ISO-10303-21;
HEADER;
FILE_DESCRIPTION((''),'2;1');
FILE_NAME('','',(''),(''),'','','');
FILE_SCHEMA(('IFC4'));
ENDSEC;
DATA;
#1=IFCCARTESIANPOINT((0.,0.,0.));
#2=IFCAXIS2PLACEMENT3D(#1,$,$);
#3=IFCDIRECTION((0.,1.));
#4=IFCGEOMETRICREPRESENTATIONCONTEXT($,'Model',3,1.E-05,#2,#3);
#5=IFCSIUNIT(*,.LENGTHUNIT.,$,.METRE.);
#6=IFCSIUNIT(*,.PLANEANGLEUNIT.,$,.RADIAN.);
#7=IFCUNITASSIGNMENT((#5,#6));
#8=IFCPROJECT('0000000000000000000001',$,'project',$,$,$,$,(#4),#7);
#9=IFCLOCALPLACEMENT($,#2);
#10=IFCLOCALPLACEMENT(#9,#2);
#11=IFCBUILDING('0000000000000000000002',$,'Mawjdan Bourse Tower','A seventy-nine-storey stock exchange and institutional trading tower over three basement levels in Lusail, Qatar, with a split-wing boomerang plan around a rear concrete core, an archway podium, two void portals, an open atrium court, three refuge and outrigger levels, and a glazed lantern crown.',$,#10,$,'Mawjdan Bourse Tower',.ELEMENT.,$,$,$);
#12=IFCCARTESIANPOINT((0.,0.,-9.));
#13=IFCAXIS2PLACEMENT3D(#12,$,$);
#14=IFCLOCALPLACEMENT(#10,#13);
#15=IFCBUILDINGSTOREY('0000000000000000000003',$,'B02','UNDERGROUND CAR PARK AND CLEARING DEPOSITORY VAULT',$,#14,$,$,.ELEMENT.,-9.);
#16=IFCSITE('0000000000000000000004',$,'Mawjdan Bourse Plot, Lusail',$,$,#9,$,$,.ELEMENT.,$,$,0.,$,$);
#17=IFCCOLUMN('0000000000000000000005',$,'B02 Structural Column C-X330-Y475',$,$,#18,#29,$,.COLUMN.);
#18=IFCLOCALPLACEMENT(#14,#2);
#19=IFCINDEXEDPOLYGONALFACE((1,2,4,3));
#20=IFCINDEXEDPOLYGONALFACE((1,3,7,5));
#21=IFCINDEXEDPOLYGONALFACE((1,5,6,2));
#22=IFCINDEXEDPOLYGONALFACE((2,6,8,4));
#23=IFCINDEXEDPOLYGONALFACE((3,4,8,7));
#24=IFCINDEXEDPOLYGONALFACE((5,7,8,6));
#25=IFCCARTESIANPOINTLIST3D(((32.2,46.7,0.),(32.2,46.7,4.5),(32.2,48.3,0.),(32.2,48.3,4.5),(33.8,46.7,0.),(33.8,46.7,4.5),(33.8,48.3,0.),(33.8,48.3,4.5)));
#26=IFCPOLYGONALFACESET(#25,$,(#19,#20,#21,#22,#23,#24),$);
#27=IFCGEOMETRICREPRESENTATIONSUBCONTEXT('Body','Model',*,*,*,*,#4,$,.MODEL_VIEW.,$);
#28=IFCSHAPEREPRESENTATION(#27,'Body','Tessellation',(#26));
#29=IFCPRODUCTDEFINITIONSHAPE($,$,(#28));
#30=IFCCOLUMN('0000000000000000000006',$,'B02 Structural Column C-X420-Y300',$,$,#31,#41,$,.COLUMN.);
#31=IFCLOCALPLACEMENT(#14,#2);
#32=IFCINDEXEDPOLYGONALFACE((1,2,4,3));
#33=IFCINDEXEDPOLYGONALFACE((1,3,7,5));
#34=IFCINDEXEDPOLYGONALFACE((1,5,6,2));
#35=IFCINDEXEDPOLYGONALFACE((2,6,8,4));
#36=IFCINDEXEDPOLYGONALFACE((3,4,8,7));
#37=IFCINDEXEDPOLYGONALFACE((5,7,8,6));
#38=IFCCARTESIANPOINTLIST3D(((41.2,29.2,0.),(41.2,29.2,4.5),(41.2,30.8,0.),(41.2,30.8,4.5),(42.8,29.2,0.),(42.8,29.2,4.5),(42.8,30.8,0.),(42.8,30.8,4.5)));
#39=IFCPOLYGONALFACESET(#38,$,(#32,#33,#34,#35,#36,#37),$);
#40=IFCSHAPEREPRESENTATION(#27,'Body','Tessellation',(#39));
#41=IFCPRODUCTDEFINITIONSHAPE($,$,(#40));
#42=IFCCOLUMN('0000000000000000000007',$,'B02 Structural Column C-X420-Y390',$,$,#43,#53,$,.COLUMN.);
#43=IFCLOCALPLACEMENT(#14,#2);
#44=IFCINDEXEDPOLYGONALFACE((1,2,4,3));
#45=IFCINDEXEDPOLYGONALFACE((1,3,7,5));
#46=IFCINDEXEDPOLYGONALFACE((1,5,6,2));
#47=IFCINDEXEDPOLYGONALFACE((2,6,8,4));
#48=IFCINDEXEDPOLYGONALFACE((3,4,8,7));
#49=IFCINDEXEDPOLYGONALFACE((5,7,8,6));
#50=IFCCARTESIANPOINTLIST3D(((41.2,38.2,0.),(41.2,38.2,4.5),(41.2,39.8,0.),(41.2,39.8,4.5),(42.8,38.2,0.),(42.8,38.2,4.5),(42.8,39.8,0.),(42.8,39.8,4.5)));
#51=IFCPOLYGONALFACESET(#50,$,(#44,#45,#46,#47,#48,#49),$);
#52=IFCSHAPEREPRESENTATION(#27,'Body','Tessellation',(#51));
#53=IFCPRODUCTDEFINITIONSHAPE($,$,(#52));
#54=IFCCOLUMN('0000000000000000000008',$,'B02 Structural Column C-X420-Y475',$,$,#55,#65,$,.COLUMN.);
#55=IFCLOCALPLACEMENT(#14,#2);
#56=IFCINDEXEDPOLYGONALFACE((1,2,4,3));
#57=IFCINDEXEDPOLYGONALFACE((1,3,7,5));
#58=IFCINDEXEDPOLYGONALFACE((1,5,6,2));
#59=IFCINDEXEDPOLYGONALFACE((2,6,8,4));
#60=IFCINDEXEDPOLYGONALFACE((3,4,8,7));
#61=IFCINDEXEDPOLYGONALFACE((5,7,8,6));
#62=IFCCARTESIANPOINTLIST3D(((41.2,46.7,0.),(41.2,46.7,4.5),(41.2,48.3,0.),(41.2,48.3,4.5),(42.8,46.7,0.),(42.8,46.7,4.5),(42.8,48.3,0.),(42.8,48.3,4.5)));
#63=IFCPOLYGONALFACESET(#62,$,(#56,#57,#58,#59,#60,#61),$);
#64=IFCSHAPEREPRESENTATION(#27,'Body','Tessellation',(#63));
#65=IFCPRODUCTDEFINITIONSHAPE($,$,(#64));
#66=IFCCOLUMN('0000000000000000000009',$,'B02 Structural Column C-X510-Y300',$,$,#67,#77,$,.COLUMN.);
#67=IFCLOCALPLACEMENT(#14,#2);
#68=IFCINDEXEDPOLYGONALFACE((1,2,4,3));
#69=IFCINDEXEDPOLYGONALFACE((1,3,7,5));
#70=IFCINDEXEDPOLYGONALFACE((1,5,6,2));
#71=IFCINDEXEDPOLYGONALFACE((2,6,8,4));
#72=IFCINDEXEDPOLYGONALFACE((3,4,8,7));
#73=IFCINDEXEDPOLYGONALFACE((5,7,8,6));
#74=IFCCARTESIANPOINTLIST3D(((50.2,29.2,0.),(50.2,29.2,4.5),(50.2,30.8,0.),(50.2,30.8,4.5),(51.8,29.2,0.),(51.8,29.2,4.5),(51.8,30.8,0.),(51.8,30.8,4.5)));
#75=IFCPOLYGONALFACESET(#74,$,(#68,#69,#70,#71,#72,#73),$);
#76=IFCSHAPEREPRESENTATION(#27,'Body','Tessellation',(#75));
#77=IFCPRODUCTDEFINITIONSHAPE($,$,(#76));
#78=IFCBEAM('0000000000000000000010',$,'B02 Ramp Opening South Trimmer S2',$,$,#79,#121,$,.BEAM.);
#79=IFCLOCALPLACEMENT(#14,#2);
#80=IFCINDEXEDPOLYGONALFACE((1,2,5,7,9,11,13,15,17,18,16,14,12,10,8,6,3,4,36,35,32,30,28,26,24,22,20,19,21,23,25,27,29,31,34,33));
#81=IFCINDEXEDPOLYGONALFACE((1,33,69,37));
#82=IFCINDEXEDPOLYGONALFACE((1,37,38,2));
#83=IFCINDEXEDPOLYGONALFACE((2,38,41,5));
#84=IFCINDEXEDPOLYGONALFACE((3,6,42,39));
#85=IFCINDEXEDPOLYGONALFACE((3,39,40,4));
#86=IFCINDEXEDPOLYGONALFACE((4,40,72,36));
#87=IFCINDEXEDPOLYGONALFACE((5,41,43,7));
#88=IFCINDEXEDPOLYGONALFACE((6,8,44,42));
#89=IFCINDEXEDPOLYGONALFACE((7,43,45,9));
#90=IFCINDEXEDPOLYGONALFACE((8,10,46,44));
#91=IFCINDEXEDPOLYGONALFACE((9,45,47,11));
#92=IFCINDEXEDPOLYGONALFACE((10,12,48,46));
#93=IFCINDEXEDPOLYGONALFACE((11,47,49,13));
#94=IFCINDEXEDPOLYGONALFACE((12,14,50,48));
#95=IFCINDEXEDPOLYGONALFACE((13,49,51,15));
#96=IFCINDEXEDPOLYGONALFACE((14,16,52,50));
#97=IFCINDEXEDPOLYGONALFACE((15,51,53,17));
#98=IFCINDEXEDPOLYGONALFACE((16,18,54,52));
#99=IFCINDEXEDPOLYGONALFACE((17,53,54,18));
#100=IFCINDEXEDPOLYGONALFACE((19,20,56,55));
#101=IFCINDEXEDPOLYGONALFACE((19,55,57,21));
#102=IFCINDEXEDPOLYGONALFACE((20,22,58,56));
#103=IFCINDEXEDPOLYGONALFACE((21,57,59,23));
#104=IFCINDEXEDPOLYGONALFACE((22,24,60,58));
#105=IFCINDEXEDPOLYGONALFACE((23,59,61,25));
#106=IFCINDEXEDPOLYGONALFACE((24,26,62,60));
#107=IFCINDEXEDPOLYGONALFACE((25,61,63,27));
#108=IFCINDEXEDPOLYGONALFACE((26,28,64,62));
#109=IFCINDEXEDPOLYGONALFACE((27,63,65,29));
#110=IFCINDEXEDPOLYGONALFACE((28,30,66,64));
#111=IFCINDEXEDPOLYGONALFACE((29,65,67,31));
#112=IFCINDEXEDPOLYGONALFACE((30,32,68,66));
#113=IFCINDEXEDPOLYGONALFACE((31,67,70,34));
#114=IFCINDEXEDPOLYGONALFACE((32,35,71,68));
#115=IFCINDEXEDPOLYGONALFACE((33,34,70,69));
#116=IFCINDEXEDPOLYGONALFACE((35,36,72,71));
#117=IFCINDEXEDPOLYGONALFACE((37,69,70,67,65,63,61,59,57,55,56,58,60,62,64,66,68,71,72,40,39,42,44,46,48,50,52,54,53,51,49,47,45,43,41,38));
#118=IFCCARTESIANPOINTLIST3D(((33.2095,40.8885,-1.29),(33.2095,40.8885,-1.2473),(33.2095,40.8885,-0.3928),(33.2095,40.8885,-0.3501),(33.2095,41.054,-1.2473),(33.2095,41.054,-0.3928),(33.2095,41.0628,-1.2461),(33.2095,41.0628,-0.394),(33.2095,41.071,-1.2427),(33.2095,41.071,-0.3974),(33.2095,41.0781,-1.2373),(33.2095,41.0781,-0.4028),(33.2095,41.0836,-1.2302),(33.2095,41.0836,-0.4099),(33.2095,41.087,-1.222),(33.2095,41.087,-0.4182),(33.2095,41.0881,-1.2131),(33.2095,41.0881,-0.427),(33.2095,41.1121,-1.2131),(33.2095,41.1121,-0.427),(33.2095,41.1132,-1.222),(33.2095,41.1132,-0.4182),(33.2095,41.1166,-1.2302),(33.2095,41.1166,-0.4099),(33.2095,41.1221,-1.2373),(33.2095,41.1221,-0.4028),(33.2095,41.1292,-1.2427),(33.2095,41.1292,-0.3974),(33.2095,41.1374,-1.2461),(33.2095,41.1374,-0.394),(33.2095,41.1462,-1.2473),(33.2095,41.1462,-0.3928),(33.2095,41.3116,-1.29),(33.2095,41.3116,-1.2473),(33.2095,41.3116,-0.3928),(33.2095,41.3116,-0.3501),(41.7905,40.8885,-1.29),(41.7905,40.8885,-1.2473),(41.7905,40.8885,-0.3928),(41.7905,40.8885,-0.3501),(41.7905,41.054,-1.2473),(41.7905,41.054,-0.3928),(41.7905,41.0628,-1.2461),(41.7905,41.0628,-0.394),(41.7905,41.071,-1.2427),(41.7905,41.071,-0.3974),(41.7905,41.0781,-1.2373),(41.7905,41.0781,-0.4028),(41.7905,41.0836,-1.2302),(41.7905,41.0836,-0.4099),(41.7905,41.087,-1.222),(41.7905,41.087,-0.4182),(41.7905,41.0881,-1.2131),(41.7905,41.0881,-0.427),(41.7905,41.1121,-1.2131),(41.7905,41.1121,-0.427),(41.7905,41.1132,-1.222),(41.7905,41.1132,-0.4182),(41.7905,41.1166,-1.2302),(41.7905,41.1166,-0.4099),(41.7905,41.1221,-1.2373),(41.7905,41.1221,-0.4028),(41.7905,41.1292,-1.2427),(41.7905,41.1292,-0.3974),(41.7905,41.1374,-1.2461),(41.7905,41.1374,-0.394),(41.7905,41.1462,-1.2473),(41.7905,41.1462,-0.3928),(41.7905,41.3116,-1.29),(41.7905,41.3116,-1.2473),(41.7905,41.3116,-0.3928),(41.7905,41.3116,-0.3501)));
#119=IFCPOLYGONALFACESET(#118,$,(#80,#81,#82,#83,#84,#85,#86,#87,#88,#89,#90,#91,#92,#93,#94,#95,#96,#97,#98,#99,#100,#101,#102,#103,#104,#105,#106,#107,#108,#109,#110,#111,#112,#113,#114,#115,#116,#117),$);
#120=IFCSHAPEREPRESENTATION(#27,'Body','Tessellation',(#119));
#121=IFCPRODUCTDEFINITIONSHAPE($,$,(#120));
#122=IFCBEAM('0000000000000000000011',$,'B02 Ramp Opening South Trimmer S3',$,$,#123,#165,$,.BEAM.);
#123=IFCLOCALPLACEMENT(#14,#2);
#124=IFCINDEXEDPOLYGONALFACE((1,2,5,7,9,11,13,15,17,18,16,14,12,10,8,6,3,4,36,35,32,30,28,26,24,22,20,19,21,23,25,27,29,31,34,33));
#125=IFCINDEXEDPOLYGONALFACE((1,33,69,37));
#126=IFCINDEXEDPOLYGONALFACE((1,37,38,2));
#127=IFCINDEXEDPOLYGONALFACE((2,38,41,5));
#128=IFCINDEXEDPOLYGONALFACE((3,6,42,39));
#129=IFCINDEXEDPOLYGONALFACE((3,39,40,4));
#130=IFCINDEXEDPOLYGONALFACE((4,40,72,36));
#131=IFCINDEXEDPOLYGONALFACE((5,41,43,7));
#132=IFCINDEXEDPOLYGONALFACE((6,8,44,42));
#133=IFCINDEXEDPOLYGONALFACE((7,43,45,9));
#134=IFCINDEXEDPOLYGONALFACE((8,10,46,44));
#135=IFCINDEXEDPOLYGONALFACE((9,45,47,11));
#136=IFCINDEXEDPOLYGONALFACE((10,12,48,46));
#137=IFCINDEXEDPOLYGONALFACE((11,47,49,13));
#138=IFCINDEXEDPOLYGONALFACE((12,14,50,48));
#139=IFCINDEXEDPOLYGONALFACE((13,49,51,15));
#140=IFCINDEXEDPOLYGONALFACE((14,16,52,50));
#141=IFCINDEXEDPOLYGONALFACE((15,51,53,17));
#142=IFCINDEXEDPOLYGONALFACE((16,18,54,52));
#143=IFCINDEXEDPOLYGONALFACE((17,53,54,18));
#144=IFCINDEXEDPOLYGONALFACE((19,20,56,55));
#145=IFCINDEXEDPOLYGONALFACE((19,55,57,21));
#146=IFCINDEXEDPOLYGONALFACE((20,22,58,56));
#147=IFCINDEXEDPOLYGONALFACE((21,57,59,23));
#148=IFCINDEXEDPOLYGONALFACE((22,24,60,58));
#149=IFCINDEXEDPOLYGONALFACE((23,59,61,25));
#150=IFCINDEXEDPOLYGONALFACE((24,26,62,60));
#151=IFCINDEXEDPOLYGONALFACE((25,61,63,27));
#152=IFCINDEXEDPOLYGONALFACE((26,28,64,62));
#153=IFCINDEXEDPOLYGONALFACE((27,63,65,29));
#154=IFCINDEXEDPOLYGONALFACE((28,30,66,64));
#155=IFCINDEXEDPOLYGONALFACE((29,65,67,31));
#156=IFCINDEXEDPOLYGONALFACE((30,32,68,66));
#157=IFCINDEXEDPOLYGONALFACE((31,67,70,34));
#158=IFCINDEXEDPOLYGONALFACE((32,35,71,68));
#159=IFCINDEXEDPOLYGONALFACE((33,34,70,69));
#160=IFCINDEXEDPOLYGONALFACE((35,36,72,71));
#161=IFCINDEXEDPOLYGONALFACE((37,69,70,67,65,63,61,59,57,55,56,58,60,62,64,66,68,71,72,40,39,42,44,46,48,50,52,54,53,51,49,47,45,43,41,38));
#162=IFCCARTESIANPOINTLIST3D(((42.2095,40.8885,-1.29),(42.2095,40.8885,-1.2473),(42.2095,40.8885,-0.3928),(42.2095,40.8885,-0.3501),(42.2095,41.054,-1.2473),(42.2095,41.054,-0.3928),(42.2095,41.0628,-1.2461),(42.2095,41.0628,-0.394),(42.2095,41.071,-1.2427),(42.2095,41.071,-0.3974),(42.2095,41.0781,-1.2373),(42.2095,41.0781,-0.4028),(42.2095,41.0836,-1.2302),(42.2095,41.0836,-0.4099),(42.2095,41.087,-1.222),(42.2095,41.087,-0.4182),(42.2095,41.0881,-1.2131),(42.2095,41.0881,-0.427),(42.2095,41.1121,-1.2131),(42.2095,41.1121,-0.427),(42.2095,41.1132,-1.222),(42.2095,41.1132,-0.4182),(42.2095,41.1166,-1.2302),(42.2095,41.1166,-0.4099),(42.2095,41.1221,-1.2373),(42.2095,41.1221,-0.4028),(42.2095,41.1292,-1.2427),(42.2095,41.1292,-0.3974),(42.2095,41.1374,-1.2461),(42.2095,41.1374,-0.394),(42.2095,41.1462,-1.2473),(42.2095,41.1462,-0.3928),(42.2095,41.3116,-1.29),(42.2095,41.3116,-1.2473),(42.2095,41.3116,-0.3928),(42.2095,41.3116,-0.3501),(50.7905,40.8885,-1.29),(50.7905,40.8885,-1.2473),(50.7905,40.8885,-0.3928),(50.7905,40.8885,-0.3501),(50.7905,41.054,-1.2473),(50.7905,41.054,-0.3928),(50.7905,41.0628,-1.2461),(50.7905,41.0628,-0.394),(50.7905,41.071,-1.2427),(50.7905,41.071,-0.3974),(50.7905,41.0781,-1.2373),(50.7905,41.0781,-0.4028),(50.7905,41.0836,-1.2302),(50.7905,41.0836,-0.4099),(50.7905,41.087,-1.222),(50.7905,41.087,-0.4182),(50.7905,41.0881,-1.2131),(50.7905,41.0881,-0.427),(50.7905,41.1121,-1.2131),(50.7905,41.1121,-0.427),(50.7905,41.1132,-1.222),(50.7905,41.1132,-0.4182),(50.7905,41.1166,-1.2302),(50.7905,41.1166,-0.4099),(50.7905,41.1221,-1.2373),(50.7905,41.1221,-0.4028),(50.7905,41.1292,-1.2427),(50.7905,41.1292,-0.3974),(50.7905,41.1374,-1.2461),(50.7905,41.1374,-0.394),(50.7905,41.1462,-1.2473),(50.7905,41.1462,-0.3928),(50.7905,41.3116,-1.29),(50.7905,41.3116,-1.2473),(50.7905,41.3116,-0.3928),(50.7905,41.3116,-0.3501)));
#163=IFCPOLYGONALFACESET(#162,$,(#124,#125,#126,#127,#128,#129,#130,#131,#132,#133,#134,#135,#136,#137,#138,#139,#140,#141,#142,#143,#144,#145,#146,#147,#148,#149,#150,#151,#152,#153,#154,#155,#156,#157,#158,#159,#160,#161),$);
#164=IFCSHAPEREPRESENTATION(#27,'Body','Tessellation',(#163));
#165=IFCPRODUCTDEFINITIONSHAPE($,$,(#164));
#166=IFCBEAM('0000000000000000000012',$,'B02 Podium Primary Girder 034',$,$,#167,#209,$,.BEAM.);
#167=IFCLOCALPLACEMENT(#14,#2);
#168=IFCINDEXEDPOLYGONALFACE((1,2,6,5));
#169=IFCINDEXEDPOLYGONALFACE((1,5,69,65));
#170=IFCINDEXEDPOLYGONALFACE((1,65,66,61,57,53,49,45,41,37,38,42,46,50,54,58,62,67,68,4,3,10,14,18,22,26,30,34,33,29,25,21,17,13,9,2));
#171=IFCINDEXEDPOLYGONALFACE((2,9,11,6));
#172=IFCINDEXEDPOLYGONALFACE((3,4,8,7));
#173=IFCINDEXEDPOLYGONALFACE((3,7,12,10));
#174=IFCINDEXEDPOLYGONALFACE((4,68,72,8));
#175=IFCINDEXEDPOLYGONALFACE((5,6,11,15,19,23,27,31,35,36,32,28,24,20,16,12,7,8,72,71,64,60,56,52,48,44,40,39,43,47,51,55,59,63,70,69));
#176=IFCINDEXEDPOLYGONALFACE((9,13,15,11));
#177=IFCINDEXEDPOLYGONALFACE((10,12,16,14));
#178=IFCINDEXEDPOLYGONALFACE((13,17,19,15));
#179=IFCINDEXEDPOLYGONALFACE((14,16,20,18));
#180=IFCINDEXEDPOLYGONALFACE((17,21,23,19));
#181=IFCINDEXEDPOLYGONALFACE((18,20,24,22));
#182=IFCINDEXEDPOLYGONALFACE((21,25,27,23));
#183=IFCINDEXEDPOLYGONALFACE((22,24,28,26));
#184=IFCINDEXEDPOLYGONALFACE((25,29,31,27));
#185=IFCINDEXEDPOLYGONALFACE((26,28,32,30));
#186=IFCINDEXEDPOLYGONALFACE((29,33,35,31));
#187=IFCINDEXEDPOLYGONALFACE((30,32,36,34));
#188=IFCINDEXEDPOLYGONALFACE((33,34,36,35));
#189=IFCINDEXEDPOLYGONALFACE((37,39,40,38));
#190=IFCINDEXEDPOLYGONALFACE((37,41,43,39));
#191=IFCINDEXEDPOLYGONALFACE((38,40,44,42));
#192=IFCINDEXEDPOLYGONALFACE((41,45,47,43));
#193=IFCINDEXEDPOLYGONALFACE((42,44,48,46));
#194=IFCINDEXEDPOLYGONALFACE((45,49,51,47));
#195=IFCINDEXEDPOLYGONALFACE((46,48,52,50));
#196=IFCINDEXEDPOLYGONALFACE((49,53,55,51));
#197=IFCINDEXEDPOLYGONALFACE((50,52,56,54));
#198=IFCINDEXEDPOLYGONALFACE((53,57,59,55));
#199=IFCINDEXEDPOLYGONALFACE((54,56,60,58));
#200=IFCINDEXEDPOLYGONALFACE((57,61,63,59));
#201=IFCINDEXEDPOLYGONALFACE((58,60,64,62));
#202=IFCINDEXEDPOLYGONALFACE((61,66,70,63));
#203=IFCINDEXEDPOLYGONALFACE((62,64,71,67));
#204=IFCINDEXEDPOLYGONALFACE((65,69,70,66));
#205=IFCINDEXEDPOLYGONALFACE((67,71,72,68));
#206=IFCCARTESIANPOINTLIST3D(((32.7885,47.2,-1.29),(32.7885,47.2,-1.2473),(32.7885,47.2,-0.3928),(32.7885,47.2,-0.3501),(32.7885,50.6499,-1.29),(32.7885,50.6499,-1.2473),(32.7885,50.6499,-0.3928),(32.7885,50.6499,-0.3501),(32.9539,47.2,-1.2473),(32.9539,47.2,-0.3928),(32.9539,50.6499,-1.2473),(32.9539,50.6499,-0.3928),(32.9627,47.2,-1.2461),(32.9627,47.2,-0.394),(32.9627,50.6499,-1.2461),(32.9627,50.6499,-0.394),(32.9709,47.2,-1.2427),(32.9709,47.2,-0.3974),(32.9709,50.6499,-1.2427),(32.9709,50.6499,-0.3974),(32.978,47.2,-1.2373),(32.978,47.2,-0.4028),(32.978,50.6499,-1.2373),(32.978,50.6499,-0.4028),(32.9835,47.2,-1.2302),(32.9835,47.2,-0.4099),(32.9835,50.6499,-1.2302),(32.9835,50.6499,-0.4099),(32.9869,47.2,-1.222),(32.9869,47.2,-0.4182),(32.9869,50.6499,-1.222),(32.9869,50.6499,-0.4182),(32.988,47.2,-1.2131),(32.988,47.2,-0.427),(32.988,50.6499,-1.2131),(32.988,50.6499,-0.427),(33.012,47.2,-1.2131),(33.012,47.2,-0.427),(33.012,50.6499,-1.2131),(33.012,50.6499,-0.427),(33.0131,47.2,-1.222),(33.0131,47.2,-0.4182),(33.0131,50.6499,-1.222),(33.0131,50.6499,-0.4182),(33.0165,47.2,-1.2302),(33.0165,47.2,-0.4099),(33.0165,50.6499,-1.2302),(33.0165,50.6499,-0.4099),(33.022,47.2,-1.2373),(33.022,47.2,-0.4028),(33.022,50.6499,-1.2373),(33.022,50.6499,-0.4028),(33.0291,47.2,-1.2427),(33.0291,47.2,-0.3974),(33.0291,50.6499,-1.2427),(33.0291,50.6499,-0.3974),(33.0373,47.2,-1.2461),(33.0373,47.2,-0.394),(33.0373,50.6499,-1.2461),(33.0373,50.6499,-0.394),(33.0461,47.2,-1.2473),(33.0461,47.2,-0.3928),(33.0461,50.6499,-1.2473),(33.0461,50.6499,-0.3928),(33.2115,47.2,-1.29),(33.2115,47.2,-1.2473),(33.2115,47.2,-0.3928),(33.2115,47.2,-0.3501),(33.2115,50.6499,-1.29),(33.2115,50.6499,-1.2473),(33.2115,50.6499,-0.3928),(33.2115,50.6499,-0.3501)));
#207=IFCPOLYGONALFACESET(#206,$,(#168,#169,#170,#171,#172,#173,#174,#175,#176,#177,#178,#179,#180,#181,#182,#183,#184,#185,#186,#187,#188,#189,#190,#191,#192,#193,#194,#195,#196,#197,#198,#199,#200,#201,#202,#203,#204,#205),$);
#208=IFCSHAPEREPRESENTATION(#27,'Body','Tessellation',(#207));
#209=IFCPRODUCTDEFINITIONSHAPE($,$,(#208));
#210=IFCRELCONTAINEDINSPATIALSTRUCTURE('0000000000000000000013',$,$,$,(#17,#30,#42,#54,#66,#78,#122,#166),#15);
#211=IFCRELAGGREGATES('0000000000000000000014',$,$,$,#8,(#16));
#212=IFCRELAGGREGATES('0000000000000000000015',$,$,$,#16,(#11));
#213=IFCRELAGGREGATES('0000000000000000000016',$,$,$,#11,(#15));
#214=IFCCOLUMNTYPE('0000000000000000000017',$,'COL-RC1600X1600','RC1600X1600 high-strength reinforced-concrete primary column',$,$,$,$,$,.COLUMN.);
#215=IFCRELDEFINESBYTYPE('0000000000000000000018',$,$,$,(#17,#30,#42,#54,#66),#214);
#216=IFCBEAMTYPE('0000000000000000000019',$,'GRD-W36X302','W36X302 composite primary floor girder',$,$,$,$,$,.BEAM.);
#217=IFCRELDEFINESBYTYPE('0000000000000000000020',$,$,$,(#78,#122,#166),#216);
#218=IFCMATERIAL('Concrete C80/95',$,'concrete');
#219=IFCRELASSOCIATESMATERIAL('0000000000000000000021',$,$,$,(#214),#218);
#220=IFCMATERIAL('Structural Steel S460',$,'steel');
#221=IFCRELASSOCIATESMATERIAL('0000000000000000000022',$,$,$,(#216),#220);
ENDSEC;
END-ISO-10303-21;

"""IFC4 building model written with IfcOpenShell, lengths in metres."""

from ifc_helpers import new_model, si_unit, direction, frame, origin, origin_2d, place, context, subcontext, project, spatial, rectangle, i_section, extrude, material, material_profile, profile_set, type_object, element, save


model = new_model("IFC4")

# Units and contexts
model_context = context("Model", 3, precision=1e-05, world=origin(), true_north=direction((0.0, 1.0)))
body_context = subcontext(model_context, "Body", "Model", "MODEL_VIEW")
ifc_project = project(units=[si_unit("LENGTHUNIT", "METRE"), si_unit("PLANEANGLEUNIT", "RADIAN")], contexts=[model_context])

# Site, building, storey
site_placement = place(None, origin())
site = spatial("IfcSite", under=ifc_project, at=site_placement, Name="Mawjdan Bourse Plot, Lusail", CompositionType="ELEMENT", RefElevation=0.0)
building_placement = place(site_placement, origin())
building = spatial("IfcBuilding", under=site, at=building_placement, Name="Mawjdan Bourse Tower", Description="A seventy-nine-storey stock exchange and institutional trading tower over three basement levels in Lusail, Qatar, with a split-wing boomerang plan around a rear concrete core, an archway podium, two void portals, an open atrium court, three refuge and outrigger levels, and a glazed lantern crown.", LongName="Mawjdan Bourse Tower", CompositionType="ELEMENT")
storey_placement = place(building_placement, frame((0.0, 0.0, -9.0)))
storey = spatial("IfcBuildingStorey", under=building, at=storey_placement, Name="B02", Description="UNDERGROUND CAR PARK AND CLEARING DEPOSITORY VAULT", CompositionType="ELEMENT", Elevation=-9.0)

# Columns
ifc_material_1 = material(Name="Concrete C80/95", Category="concrete")
ifc_material_profile_1 = material_profile(ifc_material_1, rectangle(XDim=1.6001, YDim=1.6001, at=origin_2d()), Name="RC1600X1600")
ifc_profile_set_1 = profile_set([ifc_material_profile_1], Name="Concrete C80/95")
column_type = type_object("IfcColumnType", Name="COL-RC1600X1600", Description="RC1600X1600 high-strength reinforced-concrete primary column", PredefinedType="COLUMN", material=ifc_profile_set_1)
for number, where, z_axis, x_axis, name in (
    (1, (33.0, 47.5, 0.0), (0.0, 0.0, 1.0), (1.0, 0.0, 0.0), "B02 Structural Column C-X330-Y475"),
    (2, (42.0, 30.0, 0.0), (0.0, 0.0, 1.0), (1.0, 0.0, 0.0), "B02 Structural Column C-X420-Y300"),
    (3, (42.0, 39.0, 0.0), (0.0, 0.0, 1.0), (1.0, 0.0, 0.0), "B02 Structural Column C-X420-Y390"),
    (4, (42.0, 47.5, 0.0), (0.0, 0.0, 1.0), (1.0, 0.0, 0.0), "B02 Structural Column C-X420-Y475"),
    (5, (51.0, 30.0, 0.0), (0.0, 0.0, 1.0), (1.0, 0.0, 0.0), "B02 Structural Column C-X510-Y300"),
):
    element("IfcColumn", number, at=place(storey_placement, frame(where, z_axis=z_axis, x_axis=x_axis)), inside=storey, type_object=column_type, Name=name, PredefinedType="COLUMN", context=body_context, shape_type="SweptSolid", body=[
        extrude(rectangle(XDim=1.6001, YDim=1.6001, at=origin_2d()), origin(), (0.0, 0.0, 1.0), 4.5),
    ])

# Beams
ifc_material_2 = material(Name="Structural Steel S460", Category="steel")
ifc_material_profile_2 = material_profile(ifc_material_2, i_section(OverallWidth=0.4231, OverallDepth=0.9399, WebThickness=0.0239, FlangeThickness=0.0427, FilletRadius=0.0342, at=origin_2d()), Name="W36X302")
ifc_profile_set_2 = profile_set([ifc_material_profile_2], Name="Structural Steel S460")
beam_type_1 = type_object("IfcBeamType", Name="GRD-W36X302", Description="W36X302 composite primary floor girder", PredefinedType="BEAM", material=ifc_profile_set_2)
for number, where, z_axis, x_axis, name in (
    (6, (33.2095, 41.1001, -0.8201), (1.0, 0.0, 0.0), (0.0, 1.0, 0.0), "B02 Ramp Opening South Trimmer S2"),
    (7, (42.2095, 41.1001, -0.8201), (1.0, 0.0, 0.0), (0.0, 1.0, 0.0), "B02 Ramp Opening South Trimmer S3"),
):
    element("IfcBeam", number, at=place(storey_placement, frame(where, z_axis=z_axis, x_axis=x_axis)), inside=storey, type_object=beam_type_1, Name=name, PredefinedType="BEAM", context=body_context, shape_type="SweptSolid", body=[
        extrude(i_section(OverallWidth=0.4231, OverallDepth=0.9399, WebThickness=0.0239, FlangeThickness=0.0427, FilletRadius=0.0342, at=origin_2d()), origin(), (0.0, 0.0, 1.0), 8.5811),
    ])
beam_1_placement = place(storey_placement, frame((33.0, 47.2, -0.8201), z_axis=(0.0, 1.0, 0.0), x_axis=(-1.0, 0.0, 0.0)))
element("IfcBeam", 8, at=beam_1_placement, inside=storey, type_object=beam_type_1, Name="B02 Podium Primary Girder 034", PredefinedType="BEAM", context=body_context, shape_type="SweptSolid", body=[
    extrude(i_section(OverallWidth=0.4231, OverallDepth=0.9399, WebThickness=0.0239, FlangeThickness=0.0427, FilletRadius=0.0342, at=origin_2d()), origin(), (0.0, 0.0, 1.0), 3.45),
])

save(model, "model.ifc")
